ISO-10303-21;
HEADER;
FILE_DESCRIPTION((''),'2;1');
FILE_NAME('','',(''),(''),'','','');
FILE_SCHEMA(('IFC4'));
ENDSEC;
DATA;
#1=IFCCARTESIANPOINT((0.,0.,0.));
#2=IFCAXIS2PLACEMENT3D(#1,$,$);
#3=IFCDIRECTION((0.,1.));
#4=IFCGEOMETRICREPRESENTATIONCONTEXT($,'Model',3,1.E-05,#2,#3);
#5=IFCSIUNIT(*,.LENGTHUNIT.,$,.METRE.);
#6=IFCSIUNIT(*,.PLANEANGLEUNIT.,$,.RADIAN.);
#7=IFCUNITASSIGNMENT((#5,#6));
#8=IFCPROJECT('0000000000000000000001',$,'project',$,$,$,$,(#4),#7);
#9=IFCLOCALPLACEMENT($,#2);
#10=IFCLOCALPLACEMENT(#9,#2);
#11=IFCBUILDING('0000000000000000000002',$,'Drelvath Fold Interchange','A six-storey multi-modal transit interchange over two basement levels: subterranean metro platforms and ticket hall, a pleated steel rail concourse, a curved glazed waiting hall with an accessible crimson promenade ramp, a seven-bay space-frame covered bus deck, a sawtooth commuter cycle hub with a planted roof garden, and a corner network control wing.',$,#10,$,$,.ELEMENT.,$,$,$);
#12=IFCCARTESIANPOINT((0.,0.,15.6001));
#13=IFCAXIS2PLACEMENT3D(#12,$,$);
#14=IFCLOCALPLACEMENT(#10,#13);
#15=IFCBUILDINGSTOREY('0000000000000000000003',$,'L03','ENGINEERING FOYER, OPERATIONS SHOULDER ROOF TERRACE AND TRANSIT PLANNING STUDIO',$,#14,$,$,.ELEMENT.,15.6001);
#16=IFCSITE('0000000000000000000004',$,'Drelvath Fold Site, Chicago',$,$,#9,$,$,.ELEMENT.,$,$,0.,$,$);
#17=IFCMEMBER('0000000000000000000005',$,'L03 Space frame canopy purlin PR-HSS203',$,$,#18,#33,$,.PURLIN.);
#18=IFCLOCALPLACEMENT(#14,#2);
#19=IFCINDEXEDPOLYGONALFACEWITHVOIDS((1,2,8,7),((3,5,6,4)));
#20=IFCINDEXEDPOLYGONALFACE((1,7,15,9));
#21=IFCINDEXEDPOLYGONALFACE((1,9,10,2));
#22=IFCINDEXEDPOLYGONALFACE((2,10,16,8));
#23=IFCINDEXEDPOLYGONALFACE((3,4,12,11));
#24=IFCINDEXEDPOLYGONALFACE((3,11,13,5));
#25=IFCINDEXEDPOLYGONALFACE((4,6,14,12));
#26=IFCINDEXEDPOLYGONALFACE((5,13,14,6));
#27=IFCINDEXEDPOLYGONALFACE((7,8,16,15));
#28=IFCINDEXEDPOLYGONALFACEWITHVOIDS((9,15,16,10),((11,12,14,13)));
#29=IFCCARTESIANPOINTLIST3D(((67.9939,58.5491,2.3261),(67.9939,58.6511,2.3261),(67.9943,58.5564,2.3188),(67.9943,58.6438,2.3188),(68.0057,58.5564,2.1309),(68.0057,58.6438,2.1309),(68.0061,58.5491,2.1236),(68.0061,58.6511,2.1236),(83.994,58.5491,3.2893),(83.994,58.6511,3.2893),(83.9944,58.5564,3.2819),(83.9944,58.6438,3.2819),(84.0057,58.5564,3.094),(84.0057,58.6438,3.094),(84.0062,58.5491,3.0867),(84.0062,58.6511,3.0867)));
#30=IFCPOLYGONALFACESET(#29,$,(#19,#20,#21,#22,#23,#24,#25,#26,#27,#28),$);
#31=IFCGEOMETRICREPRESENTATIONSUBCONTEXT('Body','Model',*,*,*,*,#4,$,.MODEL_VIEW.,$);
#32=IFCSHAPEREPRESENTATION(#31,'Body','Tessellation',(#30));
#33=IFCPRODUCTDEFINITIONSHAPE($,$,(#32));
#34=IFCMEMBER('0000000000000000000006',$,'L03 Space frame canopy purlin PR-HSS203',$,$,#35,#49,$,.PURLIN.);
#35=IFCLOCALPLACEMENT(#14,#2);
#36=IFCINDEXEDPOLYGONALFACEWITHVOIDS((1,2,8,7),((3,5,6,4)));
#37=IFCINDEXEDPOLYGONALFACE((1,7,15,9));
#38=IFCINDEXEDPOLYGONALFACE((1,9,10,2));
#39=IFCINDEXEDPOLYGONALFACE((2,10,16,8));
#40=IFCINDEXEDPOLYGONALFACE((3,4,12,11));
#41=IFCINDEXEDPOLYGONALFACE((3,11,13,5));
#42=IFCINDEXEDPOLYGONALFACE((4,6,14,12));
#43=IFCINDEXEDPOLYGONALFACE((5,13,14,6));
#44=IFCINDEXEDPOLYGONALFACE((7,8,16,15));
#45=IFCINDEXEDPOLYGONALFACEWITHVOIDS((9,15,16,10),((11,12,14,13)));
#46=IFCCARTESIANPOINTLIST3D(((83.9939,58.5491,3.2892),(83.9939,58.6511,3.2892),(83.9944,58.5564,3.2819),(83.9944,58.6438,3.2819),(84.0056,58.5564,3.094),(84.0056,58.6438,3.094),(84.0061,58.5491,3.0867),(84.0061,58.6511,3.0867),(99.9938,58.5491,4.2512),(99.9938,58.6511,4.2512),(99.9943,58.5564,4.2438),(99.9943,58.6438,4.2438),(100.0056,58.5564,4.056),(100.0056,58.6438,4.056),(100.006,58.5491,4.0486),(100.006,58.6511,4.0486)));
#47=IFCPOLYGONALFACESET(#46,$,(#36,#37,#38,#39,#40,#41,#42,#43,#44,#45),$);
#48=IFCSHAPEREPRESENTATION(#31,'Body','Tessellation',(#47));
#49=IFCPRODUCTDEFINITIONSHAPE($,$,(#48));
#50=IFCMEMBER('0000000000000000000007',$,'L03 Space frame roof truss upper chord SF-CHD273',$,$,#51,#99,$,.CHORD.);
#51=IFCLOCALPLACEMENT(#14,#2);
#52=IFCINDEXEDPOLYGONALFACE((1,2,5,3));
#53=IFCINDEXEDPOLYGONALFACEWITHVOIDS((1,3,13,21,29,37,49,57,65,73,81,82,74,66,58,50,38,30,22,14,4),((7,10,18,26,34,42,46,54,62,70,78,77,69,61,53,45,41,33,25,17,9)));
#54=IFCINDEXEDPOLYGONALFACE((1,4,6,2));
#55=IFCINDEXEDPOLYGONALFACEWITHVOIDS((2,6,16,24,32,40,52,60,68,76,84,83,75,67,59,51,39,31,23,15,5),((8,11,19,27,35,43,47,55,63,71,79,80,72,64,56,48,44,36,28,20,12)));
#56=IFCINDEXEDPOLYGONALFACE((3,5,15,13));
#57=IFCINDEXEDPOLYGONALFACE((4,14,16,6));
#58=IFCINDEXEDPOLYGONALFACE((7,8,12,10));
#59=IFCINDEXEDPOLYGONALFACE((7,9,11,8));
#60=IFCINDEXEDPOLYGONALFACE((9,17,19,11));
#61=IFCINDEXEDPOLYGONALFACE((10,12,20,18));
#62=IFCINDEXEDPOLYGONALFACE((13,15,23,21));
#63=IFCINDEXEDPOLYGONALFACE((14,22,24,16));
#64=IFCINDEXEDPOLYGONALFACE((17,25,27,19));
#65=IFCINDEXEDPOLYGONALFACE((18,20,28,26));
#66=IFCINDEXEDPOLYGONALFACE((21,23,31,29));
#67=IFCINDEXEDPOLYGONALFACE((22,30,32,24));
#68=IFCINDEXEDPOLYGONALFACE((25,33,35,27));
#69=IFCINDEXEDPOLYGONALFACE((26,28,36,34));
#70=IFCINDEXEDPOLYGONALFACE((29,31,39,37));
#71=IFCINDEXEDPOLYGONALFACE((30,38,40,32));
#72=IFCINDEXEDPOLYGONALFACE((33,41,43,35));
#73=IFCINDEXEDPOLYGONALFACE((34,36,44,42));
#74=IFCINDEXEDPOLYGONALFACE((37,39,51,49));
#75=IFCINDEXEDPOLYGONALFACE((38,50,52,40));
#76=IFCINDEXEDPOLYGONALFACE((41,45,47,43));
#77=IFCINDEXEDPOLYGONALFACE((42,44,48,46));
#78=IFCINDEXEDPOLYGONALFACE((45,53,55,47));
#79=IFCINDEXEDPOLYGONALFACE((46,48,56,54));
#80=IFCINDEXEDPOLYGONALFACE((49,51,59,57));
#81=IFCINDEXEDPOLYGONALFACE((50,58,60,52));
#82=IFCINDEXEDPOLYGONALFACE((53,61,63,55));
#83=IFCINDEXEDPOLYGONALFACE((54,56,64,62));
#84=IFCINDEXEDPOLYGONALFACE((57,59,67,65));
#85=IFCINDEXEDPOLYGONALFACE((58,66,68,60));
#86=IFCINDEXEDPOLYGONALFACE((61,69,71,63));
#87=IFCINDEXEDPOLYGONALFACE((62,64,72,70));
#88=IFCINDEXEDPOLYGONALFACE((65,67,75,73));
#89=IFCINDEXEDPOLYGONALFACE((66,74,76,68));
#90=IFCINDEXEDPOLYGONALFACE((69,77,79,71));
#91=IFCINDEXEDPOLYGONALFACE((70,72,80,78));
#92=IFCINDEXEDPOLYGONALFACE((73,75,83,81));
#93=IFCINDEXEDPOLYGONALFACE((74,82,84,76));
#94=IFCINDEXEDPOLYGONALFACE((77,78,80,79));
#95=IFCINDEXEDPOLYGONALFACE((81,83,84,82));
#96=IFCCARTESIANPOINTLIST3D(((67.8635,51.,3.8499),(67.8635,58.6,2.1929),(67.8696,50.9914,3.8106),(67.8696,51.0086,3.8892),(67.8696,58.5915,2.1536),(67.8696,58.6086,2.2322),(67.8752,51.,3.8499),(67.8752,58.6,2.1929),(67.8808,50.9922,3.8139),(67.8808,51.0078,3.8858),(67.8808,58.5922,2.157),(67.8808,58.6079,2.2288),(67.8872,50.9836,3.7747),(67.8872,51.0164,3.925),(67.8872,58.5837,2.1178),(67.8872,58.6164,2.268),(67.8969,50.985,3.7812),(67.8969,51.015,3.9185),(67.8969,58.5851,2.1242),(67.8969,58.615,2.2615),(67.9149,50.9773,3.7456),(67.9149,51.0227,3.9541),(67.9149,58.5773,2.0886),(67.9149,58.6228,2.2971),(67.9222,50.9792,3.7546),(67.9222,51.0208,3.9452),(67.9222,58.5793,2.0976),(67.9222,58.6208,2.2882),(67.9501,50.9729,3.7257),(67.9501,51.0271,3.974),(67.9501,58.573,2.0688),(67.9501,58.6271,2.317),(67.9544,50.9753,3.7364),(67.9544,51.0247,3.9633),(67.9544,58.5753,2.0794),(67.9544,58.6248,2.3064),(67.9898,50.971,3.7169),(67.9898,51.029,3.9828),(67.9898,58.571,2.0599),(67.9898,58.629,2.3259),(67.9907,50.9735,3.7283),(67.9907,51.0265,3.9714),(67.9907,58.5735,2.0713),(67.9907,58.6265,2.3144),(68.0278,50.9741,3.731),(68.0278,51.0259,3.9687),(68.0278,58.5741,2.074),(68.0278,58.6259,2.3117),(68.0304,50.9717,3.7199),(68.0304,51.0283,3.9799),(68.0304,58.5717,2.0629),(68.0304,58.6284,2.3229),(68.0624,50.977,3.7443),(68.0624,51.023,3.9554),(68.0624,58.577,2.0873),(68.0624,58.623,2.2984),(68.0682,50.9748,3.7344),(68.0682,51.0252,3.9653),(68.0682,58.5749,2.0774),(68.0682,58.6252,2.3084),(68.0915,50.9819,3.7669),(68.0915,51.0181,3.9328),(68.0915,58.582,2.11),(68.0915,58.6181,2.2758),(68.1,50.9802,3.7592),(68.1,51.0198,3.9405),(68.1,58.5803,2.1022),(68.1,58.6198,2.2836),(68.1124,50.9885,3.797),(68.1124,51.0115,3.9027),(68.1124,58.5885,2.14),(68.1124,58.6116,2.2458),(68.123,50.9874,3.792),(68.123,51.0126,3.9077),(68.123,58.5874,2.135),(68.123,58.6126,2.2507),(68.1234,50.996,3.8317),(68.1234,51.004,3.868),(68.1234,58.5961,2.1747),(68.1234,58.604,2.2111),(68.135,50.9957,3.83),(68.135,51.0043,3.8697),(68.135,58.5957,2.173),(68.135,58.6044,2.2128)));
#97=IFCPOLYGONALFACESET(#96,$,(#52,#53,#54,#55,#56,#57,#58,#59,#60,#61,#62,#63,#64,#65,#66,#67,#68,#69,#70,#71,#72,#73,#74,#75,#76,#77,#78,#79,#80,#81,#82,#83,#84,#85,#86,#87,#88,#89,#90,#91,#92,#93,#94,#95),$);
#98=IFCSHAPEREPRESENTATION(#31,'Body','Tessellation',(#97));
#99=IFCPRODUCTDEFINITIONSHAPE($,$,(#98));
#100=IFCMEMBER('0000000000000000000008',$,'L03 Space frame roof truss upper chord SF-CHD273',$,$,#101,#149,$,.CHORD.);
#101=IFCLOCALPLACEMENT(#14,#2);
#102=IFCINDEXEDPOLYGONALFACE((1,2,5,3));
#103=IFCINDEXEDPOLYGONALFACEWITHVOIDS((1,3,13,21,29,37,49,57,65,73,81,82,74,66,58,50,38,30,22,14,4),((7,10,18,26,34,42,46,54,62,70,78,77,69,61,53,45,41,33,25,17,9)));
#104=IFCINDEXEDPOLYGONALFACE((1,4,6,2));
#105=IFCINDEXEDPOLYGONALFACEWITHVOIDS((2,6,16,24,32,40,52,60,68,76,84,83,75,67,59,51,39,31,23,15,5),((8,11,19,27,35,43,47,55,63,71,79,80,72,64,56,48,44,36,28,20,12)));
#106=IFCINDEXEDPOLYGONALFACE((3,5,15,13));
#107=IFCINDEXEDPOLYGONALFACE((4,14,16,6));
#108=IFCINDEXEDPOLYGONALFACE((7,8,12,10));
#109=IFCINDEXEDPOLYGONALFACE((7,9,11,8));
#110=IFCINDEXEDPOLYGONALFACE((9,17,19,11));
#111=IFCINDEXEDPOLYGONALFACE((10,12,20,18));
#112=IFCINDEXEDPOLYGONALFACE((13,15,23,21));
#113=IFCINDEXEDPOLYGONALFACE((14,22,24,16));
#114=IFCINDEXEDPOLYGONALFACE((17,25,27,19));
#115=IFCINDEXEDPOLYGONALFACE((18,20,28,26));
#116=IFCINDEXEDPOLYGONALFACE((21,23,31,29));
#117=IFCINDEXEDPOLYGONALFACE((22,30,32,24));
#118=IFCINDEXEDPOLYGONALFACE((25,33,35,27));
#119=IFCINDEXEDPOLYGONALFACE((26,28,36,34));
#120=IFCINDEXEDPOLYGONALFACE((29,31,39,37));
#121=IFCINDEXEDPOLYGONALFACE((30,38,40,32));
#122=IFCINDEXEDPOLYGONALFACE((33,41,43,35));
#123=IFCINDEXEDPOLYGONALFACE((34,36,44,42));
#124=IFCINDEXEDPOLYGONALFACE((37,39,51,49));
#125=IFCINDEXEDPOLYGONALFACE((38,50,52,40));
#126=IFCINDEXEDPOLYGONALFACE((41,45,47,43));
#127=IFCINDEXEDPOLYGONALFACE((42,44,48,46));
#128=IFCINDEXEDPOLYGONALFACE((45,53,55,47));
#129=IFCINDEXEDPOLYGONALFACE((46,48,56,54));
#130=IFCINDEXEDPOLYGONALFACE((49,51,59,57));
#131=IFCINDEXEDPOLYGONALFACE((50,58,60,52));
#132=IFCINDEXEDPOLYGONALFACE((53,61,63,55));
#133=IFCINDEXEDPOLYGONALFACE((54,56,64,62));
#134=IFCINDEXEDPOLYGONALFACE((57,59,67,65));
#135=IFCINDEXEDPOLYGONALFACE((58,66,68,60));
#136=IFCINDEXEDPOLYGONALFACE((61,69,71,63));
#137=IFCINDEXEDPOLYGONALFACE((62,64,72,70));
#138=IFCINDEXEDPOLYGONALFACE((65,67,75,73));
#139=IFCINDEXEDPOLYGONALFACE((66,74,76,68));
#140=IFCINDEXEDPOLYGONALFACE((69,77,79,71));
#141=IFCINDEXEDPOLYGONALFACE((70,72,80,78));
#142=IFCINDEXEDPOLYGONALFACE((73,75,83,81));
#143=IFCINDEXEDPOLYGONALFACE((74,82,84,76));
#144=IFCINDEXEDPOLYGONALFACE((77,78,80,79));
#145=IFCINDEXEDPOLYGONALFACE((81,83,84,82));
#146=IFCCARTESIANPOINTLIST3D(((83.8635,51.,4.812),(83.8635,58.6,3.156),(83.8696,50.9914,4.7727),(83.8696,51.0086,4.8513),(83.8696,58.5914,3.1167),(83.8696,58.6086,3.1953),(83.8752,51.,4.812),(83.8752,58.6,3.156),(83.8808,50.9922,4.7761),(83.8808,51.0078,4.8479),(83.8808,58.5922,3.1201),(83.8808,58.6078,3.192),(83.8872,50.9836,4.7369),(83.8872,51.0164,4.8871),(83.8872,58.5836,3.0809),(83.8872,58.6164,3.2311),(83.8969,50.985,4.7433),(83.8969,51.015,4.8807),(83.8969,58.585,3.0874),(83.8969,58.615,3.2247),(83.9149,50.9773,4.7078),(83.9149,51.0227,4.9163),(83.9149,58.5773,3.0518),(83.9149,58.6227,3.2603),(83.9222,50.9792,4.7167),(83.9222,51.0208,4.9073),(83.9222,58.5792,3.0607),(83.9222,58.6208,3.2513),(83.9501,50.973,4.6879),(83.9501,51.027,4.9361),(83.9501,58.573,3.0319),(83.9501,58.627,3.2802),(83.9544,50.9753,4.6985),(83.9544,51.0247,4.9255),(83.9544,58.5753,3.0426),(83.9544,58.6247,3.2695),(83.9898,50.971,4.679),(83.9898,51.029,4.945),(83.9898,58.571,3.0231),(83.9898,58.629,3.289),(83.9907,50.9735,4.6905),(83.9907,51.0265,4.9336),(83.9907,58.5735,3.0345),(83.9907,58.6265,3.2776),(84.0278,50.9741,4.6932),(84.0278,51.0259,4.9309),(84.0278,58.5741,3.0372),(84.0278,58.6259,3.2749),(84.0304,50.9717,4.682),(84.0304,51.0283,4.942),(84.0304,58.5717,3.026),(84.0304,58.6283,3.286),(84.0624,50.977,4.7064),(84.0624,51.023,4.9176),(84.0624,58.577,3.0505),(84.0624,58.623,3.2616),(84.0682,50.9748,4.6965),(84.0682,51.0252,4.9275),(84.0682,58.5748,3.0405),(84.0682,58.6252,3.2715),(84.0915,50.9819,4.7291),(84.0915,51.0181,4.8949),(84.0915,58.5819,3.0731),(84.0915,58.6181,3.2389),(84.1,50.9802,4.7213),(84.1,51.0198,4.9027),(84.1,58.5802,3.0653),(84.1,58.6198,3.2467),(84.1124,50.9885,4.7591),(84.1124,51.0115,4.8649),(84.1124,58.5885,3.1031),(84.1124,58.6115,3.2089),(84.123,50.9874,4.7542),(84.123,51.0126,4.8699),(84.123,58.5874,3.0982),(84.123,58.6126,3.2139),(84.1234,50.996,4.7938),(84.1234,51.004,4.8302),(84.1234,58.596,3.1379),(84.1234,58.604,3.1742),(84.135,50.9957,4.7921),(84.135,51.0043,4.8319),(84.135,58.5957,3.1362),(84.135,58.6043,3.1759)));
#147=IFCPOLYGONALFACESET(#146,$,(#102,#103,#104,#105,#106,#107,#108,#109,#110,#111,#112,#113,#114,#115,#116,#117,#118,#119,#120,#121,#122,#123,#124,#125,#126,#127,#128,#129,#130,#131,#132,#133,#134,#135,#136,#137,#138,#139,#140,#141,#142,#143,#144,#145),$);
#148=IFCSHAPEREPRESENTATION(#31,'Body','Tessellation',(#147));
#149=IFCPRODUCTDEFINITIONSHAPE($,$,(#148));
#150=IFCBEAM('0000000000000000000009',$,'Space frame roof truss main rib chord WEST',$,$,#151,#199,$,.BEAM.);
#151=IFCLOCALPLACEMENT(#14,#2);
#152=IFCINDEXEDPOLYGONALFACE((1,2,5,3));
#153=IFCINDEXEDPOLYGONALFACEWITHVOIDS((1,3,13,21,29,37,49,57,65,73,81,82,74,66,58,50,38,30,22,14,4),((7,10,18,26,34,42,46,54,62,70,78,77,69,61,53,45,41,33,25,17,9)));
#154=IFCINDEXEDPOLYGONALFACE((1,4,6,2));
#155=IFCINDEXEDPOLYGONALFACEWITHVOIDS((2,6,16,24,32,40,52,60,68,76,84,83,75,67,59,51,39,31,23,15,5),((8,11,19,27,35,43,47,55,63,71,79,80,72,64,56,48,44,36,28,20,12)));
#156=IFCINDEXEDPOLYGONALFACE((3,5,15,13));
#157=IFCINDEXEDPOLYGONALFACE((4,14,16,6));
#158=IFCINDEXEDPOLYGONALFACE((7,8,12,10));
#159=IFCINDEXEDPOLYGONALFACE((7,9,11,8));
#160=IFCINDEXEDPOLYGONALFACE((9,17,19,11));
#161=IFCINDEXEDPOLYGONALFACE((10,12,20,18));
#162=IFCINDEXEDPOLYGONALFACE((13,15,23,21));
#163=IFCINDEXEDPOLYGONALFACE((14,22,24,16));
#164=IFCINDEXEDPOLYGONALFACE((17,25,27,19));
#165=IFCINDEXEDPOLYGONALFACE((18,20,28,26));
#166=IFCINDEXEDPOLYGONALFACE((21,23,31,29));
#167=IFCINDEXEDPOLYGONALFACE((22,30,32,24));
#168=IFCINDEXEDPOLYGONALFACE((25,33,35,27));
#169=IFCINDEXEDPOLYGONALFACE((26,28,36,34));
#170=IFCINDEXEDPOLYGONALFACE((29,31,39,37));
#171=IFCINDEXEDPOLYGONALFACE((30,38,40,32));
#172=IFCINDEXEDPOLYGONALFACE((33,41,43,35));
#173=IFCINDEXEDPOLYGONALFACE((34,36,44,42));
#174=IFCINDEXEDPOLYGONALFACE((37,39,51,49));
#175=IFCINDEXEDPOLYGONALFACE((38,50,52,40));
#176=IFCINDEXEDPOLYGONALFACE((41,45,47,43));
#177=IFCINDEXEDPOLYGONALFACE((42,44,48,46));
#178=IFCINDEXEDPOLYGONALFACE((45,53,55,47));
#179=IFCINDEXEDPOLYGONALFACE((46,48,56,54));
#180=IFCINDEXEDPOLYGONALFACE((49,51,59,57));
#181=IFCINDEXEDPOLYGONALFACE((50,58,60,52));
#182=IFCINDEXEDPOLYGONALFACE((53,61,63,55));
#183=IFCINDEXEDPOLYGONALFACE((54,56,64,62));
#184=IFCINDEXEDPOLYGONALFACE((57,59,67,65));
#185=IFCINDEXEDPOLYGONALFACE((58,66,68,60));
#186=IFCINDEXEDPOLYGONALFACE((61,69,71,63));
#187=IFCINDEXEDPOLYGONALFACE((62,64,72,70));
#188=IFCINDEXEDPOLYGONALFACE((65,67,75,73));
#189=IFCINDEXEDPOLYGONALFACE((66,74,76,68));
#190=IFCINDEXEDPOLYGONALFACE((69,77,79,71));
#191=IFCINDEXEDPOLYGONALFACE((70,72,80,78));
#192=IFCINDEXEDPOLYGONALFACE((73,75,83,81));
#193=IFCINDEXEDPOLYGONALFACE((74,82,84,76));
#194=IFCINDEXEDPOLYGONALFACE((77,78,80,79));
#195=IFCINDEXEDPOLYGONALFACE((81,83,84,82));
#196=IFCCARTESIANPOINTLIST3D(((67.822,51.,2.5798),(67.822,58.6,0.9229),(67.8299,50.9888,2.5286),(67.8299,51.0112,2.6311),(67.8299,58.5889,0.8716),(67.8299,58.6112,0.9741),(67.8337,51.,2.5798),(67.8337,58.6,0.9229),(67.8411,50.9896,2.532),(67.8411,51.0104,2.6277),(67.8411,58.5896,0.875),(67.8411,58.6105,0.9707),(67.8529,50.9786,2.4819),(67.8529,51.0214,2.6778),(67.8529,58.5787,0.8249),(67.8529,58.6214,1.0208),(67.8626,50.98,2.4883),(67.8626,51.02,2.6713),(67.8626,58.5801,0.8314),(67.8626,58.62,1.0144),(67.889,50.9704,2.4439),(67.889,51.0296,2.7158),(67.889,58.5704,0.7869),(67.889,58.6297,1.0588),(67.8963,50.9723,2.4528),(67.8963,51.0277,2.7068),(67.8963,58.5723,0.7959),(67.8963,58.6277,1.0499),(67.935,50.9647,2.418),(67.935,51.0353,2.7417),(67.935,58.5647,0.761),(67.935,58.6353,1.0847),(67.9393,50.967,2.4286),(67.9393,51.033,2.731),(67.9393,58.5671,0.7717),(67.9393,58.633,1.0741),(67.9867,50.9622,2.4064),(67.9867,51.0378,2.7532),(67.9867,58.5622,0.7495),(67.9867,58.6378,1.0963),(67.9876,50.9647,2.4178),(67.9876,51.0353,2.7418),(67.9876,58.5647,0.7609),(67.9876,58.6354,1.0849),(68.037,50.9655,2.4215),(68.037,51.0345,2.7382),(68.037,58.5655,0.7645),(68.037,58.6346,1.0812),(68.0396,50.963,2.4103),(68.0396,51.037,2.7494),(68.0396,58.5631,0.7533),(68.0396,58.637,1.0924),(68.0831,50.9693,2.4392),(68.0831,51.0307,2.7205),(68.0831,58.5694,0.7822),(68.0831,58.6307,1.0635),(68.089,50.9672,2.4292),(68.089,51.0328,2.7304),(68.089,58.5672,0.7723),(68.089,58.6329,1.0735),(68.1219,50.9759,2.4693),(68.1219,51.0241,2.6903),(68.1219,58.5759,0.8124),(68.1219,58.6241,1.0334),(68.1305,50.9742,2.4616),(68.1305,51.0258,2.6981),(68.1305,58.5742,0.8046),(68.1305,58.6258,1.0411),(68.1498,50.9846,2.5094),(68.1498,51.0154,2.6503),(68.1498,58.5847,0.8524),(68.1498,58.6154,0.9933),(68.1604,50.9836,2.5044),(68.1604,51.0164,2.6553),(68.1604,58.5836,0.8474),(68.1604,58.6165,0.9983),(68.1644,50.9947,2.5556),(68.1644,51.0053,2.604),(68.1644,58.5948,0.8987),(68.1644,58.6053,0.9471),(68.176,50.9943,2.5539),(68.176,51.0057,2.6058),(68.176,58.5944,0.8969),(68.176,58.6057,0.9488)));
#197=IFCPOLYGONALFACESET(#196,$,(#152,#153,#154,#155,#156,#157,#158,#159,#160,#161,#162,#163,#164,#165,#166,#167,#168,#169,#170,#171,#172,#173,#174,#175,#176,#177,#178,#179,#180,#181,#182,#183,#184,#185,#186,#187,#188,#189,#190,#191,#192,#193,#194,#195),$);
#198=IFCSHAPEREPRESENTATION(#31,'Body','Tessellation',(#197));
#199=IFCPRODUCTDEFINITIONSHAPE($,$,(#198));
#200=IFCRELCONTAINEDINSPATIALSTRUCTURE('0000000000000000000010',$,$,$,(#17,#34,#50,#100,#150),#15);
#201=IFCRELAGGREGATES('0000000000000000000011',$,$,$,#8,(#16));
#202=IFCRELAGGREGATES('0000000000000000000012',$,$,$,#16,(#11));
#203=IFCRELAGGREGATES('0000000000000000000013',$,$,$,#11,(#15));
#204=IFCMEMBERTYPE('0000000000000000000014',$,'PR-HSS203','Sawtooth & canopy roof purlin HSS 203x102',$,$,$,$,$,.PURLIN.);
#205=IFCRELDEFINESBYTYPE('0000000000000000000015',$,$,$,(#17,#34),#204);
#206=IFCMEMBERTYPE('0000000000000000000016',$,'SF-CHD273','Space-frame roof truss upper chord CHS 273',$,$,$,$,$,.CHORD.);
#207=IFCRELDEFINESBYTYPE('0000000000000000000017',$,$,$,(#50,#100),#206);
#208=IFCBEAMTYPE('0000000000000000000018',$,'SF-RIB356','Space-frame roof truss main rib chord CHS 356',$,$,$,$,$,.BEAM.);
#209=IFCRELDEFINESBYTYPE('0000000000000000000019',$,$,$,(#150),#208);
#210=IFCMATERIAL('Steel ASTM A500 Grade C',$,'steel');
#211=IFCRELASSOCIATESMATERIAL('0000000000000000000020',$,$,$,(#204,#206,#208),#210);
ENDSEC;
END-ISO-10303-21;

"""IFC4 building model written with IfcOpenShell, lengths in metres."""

from ifc_helpers import new_model, si_unit, direction, frame, origin, origin_2d, place, context, subcontext, project, spatial, hollow_rectangle, hollow_circle, extrude, material, material_profile, profile_set, type_object, element, save


model = new_model("IFC4")

# Units and contexts
model_context = context("Model", 3, precision=1e-05, world=origin(), true_north=direction((0.0, 1.0)))
body_context = subcontext(model_context, "Body", "Model", "MODEL_VIEW")
ifc_project = project(units=[si_unit("LENGTHUNIT", "METRE"), si_unit("PLANEANGLEUNIT", "RADIAN")], contexts=[model_context])

# Site, building, storey
site_placement = place(None, origin())
site = spatial("IfcSite", under=ifc_project, at=site_placement, Name="Drelvath Fold Site, Chicago", CompositionType="ELEMENT", RefElevation=0.0)
building_placement = place(site_placement, origin())
building = spatial("IfcBuilding", under=site, at=building_placement, Name="Drelvath Fold Interchange", Description="A six-storey multi-modal transit interchange over two basement levels: subterranean metro platforms and ticket hall, a pleated steel rail concourse, a curved glazed waiting hall with an accessible crimson promenade ramp, a seven-bay space-frame covered bus deck, a sawtooth commuter cycle hub with a planted roof garden, and a corner network control wing.", CompositionType="ELEMENT")
storey_placement = place(building_placement, frame((0.0, 0.0, 15.6001)))
storey = spatial("IfcBuildingStorey", under=building, at=storey_placement, Name="L03", Description="ENGINEERING FOYER, OPERATIONS SHOULDER ROOF TERRACE AND TRANSIT PLANNING STUDIO", CompositionType="ELEMENT", Elevation=15.6001)

# Members
ifc_material_1 = material(Name="Steel ASTM A500 Grade C", Category="steel")
ifc_material_profile_1 = material_profile(ifc_material_1, hollow_rectangle(XDim=0.1021, YDim=0.2029, WallThickness=0.0073, at=origin_2d()), Name="HSS8X4X5/16")
ifc_profile_set_1 = profile_set([ifc_material_profile_1], Name="Steel ASTM A500 Grade C")
member_type_1 = type_object("IfcMemberType", Name="PR-HSS203", Description="Sawtooth & canopy roof purlin HSS 203x102", PredefinedType="PURLIN", material=ifc_profile_set_1)
member_1_placement = place(storey_placement, frame((68.0, 58.6001, 2.2249), z_axis=(0.998193, 0.0, 0.060087), x_axis=(0.0, 1.0, 0.0)))
element("IfcMember", 1, at=member_1_placement, inside=storey, type_object=member_type_1, Name="L03 Space frame canopy purlin PR-HSS203", PredefinedType="PURLIN", context=body_context, shape_type="SweptSolid", body=[
    extrude(hollow_rectangle(XDim=0.1021, YDim=0.2029, WallThickness=0.0073, at=origin_2d()), origin(), (0.0, 0.0, 1.0), 16.0291),
])
member_2_placement = place(storey_placement, frame((84.0, 58.6001, 3.188), z_axis=(0.998198, 0.0, 0.060011), x_axis=(0.0, 1.0, 0.0)))
element("IfcMember", 2, at=member_2_placement, inside=storey, type_object=member_type_1, Name="L03 Space frame canopy purlin PR-HSS203", PredefinedType="PURLIN", context=body_context, shape_type="SweptSolid", body=[
    extrude(hollow_rectangle(XDim=0.1021, YDim=0.2029, WallThickness=0.0073, at=origin_2d()), origin(), (0.0, 0.0, 1.0), 16.0288),
])
ifc_material_profile_2 = material_profile(ifc_material_1, hollow_circle(Radius=0.1365, WallThickness=0.0117, at=origin_2d()), Name="HSS10.750X0.500")
ifc_profile_set_2 = profile_set([ifc_material_profile_2], Name="Steel ASTM A500 Grade C")
member_type_2 = type_object("IfcMemberType", Name="SF-CHD273", Description="Space-frame roof truss upper chord CHS 273", PredefinedType="CHORD", material=ifc_profile_set_2)
member_3_placement = place(storey_placement, frame((68.0, 51.0, 3.8499), z_axis=(0.0, 0.977048, -0.213017), x_axis=(-1.0, 0.0, 0.0)))
element("IfcMember", 3, at=member_3_placement, inside=storey, type_object=member_type_2, Name="L03 Space frame roof truss upper chord SF-CHD273", PredefinedType="CHORD", context=body_context, shape_type="SweptSolid", body=[
    extrude(hollow_circle(Radius=0.1365, WallThickness=0.0117, at=origin_2d()), origin(), (0.0, 0.0, 1.0), 7.7786),
])
member_4_placement = place(storey_placement, frame((84.0, 51.0, 4.812), z_axis=(0.0, 0.977075, -0.212897), x_axis=(-1.0, 0.0, 0.0)))
element("IfcMember", 4, at=member_4_placement, inside=storey, type_object=member_type_2, Name="L03 Space frame roof truss upper chord SF-CHD273", PredefinedType="CHORD", context=body_context, shape_type="SweptSolid", body=[
    extrude(hollow_circle(Radius=0.1365, WallThickness=0.0117, at=origin_2d()), origin(), (0.0, 0.0, 1.0), 7.7783),
])

# Beam
ifc_material_profile_3 = material_profile(ifc_material_1, hollow_circle(Radius=0.178, WallThickness=0.0117, at=origin_2d()), Name="HSS14.000X0.500")
ifc_profile_set_3 = profile_set([ifc_material_profile_3], Name="Steel ASTM A500 Grade C")
beam_type_1 = type_object("IfcBeamType", Name="SF-RIB356", Description="Space-frame roof truss main rib chord CHS 356", PredefinedType="BEAM", material=ifc_profile_set_3)
beam_1_placement = place(storey_placement, frame((68.0, 51.0, 2.5798), z_axis=(0.0, 0.977048, -0.213017), x_axis=(-1.0, 0.0, 0.0)))
element("IfcBeam", 5, at=beam_1_placement, inside=storey, type_object=beam_type_1, Name="Space frame roof truss main rib chord WEST", PredefinedType="BEAM", context=body_context, shape_type="SweptSolid", body=[
    extrude(hollow_circle(Radius=0.178, WallThickness=0.0117, at=origin_2d()), origin(), (0.0, 0.0, 1.0), 7.7786),
])

save(model, "model.ifc")
